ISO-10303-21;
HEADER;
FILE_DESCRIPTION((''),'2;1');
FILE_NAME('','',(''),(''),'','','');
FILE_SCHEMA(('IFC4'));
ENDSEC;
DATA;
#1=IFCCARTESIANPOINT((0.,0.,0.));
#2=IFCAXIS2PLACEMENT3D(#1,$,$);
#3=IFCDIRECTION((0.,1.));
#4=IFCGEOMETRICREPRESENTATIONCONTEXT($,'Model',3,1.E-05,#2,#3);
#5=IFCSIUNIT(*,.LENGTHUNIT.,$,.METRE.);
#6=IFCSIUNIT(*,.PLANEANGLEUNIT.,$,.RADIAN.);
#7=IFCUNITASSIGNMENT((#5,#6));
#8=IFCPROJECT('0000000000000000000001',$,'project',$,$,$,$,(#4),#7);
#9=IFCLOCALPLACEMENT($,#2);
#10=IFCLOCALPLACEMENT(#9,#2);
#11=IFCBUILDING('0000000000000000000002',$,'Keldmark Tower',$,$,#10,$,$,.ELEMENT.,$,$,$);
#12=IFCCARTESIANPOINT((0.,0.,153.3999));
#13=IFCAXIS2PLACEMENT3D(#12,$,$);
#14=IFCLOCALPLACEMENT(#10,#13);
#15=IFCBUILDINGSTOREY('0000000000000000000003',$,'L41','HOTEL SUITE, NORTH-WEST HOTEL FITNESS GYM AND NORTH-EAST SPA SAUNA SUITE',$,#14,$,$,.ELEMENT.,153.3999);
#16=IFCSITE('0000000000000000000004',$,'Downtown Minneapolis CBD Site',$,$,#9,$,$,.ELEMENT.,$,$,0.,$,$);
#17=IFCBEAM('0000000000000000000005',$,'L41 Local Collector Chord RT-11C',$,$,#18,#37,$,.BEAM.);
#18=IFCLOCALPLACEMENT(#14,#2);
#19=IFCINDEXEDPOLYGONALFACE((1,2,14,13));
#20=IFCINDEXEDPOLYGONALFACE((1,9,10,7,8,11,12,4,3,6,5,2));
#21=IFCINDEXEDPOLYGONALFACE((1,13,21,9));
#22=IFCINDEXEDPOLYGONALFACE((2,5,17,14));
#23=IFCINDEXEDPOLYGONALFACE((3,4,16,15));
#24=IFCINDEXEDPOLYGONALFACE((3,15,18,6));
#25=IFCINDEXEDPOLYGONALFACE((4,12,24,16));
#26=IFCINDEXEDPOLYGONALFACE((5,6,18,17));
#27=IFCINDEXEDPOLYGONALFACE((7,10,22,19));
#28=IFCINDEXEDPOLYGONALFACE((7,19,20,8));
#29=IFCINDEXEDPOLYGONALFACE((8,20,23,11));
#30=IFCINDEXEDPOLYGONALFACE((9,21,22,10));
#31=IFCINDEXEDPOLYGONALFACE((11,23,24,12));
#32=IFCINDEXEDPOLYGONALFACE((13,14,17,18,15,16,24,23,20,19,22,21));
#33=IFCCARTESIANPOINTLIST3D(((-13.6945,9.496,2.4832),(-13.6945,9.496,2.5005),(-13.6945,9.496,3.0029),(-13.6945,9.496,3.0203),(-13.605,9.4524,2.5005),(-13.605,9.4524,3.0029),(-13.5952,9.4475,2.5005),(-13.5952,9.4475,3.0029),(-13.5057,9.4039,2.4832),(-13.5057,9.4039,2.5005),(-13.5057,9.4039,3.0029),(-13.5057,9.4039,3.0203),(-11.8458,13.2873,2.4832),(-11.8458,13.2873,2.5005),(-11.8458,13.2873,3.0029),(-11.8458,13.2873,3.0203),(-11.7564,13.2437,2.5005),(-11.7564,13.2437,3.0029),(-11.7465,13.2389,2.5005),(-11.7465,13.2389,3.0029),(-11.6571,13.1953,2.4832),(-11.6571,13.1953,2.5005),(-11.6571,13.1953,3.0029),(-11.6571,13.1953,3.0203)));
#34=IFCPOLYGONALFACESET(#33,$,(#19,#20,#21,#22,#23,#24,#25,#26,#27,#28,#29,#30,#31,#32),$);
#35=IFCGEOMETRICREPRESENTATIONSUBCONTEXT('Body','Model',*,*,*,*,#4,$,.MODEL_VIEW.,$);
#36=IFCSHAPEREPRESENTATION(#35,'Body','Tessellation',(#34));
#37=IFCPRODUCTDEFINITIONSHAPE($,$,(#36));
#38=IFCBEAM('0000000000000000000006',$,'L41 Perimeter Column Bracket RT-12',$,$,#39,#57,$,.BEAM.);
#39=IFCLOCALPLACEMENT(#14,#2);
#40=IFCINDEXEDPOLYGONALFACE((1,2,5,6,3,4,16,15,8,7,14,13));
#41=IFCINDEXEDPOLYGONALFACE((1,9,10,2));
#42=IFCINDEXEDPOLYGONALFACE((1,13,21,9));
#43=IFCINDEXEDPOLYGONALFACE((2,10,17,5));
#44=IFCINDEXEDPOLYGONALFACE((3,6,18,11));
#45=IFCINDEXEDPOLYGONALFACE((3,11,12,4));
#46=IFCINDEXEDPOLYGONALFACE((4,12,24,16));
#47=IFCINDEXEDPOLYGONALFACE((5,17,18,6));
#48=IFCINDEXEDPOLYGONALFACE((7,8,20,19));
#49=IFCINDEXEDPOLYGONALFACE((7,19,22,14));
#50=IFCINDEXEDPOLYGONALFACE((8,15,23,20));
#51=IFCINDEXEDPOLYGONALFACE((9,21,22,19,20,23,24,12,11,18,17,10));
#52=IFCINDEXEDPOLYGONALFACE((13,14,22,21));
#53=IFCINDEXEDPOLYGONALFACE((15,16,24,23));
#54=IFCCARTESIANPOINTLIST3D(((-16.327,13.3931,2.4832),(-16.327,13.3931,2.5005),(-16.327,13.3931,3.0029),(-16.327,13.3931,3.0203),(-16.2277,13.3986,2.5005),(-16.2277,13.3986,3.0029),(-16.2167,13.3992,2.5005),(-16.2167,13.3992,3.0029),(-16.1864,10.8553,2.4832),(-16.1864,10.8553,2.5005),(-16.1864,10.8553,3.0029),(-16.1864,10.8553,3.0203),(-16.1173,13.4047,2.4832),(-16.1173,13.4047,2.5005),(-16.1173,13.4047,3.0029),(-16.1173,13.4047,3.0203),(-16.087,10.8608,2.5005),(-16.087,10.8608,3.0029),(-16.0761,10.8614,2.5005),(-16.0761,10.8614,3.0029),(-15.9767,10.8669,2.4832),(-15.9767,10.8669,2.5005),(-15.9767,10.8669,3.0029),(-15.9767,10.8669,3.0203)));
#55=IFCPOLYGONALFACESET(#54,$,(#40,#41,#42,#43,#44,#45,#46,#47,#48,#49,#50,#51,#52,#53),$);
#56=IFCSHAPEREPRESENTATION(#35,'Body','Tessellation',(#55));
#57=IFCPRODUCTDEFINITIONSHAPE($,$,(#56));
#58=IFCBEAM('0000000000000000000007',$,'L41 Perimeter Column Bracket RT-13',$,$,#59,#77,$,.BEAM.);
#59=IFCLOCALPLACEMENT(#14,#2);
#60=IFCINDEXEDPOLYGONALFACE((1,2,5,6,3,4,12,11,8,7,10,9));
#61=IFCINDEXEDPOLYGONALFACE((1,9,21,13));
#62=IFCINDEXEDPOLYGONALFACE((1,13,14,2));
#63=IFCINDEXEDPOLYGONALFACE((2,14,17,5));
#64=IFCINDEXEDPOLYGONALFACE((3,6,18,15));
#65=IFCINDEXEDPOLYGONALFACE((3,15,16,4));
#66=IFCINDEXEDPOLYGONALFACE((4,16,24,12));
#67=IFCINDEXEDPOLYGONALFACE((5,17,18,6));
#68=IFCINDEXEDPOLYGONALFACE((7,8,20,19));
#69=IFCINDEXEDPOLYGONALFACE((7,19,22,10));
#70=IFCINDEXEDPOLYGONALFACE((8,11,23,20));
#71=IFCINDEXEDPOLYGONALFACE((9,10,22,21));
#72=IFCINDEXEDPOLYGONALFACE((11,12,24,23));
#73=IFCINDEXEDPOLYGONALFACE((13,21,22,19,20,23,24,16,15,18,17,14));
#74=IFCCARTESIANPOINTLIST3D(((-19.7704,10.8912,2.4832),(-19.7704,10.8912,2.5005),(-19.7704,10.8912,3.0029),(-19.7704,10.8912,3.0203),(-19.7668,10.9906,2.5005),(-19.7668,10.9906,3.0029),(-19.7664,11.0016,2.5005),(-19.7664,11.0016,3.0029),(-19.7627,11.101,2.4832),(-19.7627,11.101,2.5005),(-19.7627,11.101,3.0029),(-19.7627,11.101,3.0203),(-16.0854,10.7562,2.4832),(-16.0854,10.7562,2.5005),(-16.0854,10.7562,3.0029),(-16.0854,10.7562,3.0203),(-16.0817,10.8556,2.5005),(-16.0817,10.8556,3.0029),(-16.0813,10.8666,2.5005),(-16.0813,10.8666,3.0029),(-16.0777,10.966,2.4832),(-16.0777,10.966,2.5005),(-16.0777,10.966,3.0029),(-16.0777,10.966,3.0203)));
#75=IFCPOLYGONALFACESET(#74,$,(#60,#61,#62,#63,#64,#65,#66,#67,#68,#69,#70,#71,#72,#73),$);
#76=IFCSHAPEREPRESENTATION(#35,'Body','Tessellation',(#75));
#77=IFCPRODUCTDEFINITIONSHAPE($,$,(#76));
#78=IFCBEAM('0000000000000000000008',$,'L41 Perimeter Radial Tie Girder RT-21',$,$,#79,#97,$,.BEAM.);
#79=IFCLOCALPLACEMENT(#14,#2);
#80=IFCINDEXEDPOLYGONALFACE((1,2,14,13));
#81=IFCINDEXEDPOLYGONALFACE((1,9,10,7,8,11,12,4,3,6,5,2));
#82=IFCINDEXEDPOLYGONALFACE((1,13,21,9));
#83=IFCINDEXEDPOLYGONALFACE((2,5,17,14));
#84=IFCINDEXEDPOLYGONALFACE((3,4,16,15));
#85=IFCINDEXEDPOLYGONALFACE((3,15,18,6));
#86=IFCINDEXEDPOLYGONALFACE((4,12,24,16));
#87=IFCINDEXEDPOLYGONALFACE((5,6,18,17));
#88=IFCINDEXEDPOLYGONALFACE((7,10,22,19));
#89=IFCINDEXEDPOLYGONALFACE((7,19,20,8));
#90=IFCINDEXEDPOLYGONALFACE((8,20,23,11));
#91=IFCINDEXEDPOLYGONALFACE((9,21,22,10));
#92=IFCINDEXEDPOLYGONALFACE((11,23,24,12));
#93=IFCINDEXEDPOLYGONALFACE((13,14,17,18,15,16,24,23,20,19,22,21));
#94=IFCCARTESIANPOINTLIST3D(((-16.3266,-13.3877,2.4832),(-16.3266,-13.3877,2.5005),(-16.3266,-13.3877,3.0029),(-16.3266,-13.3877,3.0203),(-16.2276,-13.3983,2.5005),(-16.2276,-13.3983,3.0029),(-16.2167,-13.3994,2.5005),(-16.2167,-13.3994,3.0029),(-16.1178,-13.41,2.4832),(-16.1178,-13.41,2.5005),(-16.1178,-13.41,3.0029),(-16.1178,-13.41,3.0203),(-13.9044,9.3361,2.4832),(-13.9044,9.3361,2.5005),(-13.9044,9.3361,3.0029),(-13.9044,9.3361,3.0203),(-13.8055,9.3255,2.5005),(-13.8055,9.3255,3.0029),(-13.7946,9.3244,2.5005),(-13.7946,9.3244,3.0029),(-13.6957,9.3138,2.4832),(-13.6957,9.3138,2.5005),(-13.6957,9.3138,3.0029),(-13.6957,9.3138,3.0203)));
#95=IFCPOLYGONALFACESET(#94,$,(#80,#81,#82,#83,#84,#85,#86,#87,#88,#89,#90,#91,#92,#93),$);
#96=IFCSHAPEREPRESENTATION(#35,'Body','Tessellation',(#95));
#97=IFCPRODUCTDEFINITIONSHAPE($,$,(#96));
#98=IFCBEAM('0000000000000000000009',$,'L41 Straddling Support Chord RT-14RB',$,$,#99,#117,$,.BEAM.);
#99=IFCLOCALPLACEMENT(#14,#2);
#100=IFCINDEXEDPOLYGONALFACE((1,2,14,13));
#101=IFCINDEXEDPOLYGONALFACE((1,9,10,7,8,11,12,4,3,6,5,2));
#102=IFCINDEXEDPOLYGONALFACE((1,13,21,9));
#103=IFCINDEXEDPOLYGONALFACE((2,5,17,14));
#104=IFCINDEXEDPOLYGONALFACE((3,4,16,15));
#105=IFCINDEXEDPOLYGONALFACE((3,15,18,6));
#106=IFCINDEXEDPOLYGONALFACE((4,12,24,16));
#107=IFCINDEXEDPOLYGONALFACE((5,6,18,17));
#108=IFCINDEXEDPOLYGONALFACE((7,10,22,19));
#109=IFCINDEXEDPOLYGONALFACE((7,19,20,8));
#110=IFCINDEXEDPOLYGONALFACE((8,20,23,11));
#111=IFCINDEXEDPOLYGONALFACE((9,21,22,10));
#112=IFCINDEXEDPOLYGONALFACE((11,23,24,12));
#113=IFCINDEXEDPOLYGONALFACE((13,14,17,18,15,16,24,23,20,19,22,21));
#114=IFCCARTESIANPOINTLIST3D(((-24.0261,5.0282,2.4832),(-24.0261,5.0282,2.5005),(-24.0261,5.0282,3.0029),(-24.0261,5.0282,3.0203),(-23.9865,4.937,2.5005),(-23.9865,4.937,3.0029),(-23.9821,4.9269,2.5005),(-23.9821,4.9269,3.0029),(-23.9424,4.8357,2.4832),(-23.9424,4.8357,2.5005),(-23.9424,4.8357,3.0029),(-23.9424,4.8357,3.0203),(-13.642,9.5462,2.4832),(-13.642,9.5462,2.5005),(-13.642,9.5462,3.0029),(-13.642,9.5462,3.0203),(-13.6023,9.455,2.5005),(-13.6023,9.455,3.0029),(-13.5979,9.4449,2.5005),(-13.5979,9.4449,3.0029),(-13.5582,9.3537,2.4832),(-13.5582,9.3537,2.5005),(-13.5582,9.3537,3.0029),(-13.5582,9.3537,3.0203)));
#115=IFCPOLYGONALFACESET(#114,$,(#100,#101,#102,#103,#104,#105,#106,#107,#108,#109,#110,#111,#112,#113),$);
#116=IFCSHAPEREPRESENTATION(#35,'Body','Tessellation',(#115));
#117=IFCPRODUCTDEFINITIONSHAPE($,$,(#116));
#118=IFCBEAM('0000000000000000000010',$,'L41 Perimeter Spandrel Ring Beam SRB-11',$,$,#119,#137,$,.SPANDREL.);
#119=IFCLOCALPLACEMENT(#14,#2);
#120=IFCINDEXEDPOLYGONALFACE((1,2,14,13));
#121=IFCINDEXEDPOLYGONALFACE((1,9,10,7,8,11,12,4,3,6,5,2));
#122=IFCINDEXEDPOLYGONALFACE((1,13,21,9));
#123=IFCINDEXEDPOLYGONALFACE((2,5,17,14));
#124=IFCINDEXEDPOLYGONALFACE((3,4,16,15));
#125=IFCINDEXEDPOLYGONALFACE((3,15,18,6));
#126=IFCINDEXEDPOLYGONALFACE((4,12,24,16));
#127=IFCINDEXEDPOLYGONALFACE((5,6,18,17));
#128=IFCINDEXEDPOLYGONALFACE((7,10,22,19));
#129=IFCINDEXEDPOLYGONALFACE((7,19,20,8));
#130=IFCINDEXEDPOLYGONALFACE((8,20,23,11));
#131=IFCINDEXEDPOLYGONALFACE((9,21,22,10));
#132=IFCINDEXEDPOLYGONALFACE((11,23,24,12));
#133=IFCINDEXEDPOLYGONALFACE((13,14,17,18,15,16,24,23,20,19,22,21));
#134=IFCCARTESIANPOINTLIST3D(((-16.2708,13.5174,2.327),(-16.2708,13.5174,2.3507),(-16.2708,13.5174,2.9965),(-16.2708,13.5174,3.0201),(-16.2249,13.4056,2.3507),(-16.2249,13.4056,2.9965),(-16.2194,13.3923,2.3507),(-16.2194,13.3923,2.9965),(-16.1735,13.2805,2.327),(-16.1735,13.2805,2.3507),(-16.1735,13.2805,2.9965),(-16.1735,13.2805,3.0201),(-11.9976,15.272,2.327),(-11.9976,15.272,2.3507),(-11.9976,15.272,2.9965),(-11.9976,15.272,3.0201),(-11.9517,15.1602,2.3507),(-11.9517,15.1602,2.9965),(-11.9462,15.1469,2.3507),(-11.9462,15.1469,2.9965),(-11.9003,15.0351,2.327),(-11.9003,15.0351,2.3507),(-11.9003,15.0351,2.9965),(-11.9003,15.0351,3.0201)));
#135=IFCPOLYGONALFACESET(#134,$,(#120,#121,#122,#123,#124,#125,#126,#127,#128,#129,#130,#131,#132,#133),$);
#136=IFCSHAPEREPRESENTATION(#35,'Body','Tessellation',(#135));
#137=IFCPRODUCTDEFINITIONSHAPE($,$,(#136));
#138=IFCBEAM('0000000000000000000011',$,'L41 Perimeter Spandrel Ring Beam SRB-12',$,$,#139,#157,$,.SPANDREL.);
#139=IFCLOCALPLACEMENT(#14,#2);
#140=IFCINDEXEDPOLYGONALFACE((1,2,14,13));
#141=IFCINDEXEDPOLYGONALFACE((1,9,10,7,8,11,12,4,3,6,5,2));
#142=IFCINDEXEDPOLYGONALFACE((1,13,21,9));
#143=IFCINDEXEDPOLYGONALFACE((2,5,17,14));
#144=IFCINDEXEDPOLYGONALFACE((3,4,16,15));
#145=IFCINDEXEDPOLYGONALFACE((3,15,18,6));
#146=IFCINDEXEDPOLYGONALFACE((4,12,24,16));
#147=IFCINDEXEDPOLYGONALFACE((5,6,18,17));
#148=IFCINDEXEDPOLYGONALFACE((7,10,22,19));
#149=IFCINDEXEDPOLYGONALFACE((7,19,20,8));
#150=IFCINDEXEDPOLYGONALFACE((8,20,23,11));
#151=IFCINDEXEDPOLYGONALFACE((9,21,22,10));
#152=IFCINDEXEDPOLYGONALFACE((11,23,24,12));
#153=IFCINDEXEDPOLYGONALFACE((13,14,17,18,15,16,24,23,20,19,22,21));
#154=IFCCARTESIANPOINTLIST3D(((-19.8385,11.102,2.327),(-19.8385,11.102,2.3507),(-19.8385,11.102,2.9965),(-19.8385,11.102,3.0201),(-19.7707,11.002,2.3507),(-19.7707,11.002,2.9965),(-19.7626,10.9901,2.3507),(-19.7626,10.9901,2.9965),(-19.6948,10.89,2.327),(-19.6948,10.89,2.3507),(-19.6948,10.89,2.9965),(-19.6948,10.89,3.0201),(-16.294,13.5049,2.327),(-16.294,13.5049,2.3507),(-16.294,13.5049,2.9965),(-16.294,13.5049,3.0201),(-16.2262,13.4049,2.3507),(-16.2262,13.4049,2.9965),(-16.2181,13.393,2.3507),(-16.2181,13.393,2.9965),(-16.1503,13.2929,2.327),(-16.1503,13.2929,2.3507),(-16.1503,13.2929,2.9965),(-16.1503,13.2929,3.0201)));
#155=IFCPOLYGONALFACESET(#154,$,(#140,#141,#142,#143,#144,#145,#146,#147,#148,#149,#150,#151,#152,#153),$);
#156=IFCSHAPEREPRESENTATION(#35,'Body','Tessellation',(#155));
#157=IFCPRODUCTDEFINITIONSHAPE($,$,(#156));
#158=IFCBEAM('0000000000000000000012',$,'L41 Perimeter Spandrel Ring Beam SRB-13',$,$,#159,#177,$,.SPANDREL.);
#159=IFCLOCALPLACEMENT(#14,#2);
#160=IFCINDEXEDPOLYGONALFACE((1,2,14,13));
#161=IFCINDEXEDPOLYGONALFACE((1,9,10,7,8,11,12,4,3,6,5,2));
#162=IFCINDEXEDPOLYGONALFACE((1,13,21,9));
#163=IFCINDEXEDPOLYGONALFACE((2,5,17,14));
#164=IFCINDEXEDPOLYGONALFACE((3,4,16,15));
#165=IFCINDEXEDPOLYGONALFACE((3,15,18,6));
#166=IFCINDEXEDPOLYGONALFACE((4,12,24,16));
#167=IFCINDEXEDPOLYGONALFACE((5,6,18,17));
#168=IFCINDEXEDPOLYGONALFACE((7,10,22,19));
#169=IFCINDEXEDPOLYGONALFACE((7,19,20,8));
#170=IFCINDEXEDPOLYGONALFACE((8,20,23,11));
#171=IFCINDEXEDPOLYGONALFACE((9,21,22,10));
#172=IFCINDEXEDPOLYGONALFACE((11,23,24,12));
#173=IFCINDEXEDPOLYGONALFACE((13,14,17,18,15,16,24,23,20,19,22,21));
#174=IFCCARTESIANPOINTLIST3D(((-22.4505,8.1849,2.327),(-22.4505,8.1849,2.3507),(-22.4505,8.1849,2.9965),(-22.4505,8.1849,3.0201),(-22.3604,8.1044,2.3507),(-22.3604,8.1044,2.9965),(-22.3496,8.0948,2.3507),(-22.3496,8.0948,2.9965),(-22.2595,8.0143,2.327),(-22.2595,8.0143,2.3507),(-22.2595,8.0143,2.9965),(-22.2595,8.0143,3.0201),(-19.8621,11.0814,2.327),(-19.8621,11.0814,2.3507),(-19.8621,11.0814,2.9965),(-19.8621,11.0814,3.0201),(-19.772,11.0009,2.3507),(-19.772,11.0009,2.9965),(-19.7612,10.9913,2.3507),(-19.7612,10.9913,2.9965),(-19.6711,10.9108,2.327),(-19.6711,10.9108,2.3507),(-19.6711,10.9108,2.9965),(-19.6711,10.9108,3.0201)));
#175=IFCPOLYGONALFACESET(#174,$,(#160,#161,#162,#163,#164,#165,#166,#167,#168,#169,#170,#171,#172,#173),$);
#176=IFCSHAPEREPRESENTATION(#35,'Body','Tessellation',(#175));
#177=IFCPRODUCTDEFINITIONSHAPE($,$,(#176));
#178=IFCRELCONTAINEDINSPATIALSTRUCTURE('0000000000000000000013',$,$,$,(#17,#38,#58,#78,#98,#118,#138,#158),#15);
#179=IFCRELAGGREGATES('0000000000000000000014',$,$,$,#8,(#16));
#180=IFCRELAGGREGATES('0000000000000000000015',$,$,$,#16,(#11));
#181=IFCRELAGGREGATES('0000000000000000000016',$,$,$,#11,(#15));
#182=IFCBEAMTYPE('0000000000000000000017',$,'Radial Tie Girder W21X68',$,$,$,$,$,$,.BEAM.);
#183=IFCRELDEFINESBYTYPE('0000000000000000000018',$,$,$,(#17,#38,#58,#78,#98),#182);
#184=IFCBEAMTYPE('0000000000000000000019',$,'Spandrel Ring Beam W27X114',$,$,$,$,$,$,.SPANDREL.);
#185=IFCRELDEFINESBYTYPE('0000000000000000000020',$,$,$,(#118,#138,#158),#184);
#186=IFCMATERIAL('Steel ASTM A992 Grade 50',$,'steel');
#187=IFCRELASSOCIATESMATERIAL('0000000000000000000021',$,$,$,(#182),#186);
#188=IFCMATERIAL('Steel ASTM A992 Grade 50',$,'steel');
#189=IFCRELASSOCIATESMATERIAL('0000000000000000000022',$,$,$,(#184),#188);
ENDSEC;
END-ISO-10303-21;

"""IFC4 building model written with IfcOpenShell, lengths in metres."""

from ifc_helpers import new_model, si_unit, direction, frame, origin, origin_2d, place, context, subcontext, project, spatial, i_section, extrude, material, material_profile, profile_set, type_object, element, save


model = new_model("IFC4")

# Units and contexts
model_context = context("Model", 3, precision=1e-05, world=origin(), true_north=direction((0.0, 1.0)))
body_context = subcontext(model_context, "Body", "Model", "MODEL_VIEW")
ifc_project = project(units=[si_unit("LENGTHUNIT", "METRE"), si_unit("PLANEANGLEUNIT", "RADIAN")], contexts=[model_context])

# Site, building, storey
site_placement = place(None, origin())
site = spatial("IfcSite", under=ifc_project, at=site_placement, Name="Downtown Minneapolis CBD Site", CompositionType="ELEMENT", RefElevation=0.0)
building_placement = place(site_placement, origin())
building = spatial("IfcBuilding", under=site, at=building_placement, Name="Keldmark Tower", CompositionType="ELEMENT")
storey_placement = place(building_placement, frame((0.0, 0.0, 153.3999)))
storey = spatial("IfcBuildingStorey", under=building, at=storey_placement, Name="L41", Description="HOTEL SUITE, NORTH-WEST HOTEL FITNESS GYM AND NORTH-EAST SPA SAUNA SUITE", CompositionType="ELEMENT", Elevation=153.3999)

# Beams
ifc_material_1 = material(Name="Steel ASTM A992 Grade 50", Category="steel")
ifc_material_profile_1 = material_profile(ifc_material_1, i_section(OverallWidth=0.21, OverallDepth=0.5371, WebThickness=0.011, FlangeThickness=0.0173, at=origin_2d()), Name="W21X68")
ifc_profile_set_1 = profile_set([ifc_material_profile_1], Name="Steel ASTM A992 Grade 50")
beam_type_1 = type_object("IfcBeamType", Name="Radial Tie Girder W21X68", PredefinedType="BEAM", material=ifc_profile_set_1)
beam_1_placement = place(storey_placement, frame((-13.6001, 9.45, 2.7517), z_axis=(0.438278, 0.89884, 0.0), x_axis=(-0.89884, 0.438278, 0.0)))
element("IfcBeam", 1, at=beam_1_placement, inside=storey, type_object=beam_type_1, Name="L41 Local Collector Chord RT-11C", PredefinedType="BEAM", context=body_context, shape_type="SweptSolid", body=[
    extrude(i_section(OverallWidth=0.21, OverallDepth=0.5371, WebThickness=0.011, FlangeThickness=0.0173, at=origin_2d()), origin(), (0.0, 0.0, 1.0), 4.218),
])
beam_2_placement = place(storey_placement, frame((-16.0815, 10.8611, 2.7517), z_axis=(-0.055326, 0.998468, 0.0), x_axis=(-0.998468, -0.055326, 0.0)))
element("IfcBeam", 2, at=beam_2_placement, inside=storey, type_object=beam_type_1, Name="L41 Perimeter Column Bracket RT-12", PredefinedType="BEAM", context=body_context, shape_type="SweptSolid", body=[
    extrude(i_section(OverallWidth=0.21, OverallDepth=0.5371, WebThickness=0.011, FlangeThickness=0.0173, at=origin_2d()), origin(), (0.0, 0.0, 1.0), 2.5417),
])
beam_3_placement = place(storey_placement, frame((-16.0815, 10.8611, 2.7517), z_axis=(-0.99933, 0.036613, 0.0), x_axis=(-0.036613, -0.99933, 0.0)))
element("IfcBeam", 3, at=beam_3_placement, inside=storey, type_object=beam_type_1, Name="L41 Perimeter Column Bracket RT-13", PredefinedType="BEAM", context=body_context, shape_type="SweptSolid", body=[
    extrude(i_section(OverallWidth=0.21, OverallDepth=0.5371, WebThickness=0.011, FlangeThickness=0.0173, at=origin_2d()), origin(), (0.0, 0.0, 1.0), 3.6875),
])
beam_4_placement = place(storey_placement, frame((-13.8, 9.325, 2.7517), z_axis=(-0.105989, -0.994367, 0.0), x_axis=(0.994367, -0.105989, 0.0)))
element("IfcBeam", 4, at=beam_4_placement, inside=storey, type_object=beam_type_1, Name="L41 Perimeter Radial Tie Girder RT-21", PredefinedType="BEAM", context=body_context, shape_type="SweptSolid", body=[
    extrude(i_section(OverallWidth=0.21, OverallDepth=0.5371, WebThickness=0.011, FlangeThickness=0.0173, at=origin_2d()), origin(), (0.0, 0.0, 1.0), 22.8525),
])
beam_5_placement = place(storey_placement, frame((-13.6001, 9.45, 2.7517), z_axis=(-0.916968, -0.398961, 0.0), x_axis=(0.398961, -0.916968, 0.0)))
element("IfcBeam", 5, at=beam_5_placement, inside=storey, type_object=beam_type_1, Name="L41 Straddling Support Chord RT-14RB", PredefinedType="BEAM", context=body_context, shape_type="SweptSolid", body=[
    extrude(i_section(OverallWidth=0.21, OverallDepth=0.5371, WebThickness=0.011, FlangeThickness=0.0173, at=origin_2d()), origin(), (0.0, 0.0, 1.0), 11.3245),
])
ifc_material_2 = material(Name="Steel ASTM A992 Grade 50", Category="steel")
ifc_material_profile_2 = material_profile(ifc_material_2, i_section(OverallWidth=0.2561, OverallDepth=0.6931, WebThickness=0.0144, FlangeThickness=0.0237, at=origin_2d()), Name="W27X114")
ifc_profile_set_2 = profile_set([ifc_material_profile_2], Name="Steel ASTM A992 Grade 50")
beam_type_2 = type_object("IfcBeamType", Name="Spandrel Ring Beam W27X114", PredefinedType="SPANDREL", material=ifc_profile_set_2)
beam_6_placement = place(storey_placement, frame((-11.949, 15.1536, 2.6736), z_axis=(-0.925052, -0.379841, 0.0), x_axis=(0.379841, -0.925052, 0.0)))
element("IfcBeam", 6, at=beam_6_placement, inside=storey, type_object=beam_type_2, Name="L41 Perimeter Spandrel Ring Beam SRB-11", PredefinedType="SPANDREL", context=body_context, shape_type="SweptSolid", body=[
    extrude(i_section(OverallWidth=0.2561, OverallDepth=0.6931, WebThickness=0.0144, FlangeThickness=0.0237, at=origin_2d()), origin(), (0.0, 0.0, 1.0), 4.6194),
])
beam_7_placement = place(storey_placement, frame((-16.2222, 13.3989, 2.6736), z_axis=(-0.827727, -0.56113, 0.0), x_axis=(0.56113, -0.827727, 0.0)))
element("IfcBeam", 7, at=beam_7_placement, inside=storey, type_object=beam_type_2, Name="L41 Perimeter Spandrel Ring Beam SRB-12", PredefinedType="SPANDREL", context=body_context, shape_type="SweptSolid", body=[
    extrude(i_section(OverallWidth=0.2561, OverallDepth=0.6931, WebThickness=0.0144, FlangeThickness=0.0237, at=origin_2d()), origin(), (0.0, 0.0, 1.0), 4.2822),
])
beam_8_placement = place(storey_placement, frame((-19.7666, 10.9961, 2.6736), z_axis=(-0.666335, -0.745652, 0.0), x_axis=(0.745652, -0.666335, 0.0)))
element("IfcBeam", 8, at=beam_8_placement, inside=storey, type_object=beam_type_2, Name="L41 Perimeter Spandrel Ring Beam SRB-13", PredefinedType="SPANDREL", context=body_context, shape_type="SweptSolid", body=[
    extrude(i_section(OverallWidth=0.2561, OverallDepth=0.6931, WebThickness=0.0144, FlangeThickness=0.0237, at=origin_2d()), origin(), (0.0, 0.0, 1.0), 3.8845),
])

save(model, "model.ifc")
